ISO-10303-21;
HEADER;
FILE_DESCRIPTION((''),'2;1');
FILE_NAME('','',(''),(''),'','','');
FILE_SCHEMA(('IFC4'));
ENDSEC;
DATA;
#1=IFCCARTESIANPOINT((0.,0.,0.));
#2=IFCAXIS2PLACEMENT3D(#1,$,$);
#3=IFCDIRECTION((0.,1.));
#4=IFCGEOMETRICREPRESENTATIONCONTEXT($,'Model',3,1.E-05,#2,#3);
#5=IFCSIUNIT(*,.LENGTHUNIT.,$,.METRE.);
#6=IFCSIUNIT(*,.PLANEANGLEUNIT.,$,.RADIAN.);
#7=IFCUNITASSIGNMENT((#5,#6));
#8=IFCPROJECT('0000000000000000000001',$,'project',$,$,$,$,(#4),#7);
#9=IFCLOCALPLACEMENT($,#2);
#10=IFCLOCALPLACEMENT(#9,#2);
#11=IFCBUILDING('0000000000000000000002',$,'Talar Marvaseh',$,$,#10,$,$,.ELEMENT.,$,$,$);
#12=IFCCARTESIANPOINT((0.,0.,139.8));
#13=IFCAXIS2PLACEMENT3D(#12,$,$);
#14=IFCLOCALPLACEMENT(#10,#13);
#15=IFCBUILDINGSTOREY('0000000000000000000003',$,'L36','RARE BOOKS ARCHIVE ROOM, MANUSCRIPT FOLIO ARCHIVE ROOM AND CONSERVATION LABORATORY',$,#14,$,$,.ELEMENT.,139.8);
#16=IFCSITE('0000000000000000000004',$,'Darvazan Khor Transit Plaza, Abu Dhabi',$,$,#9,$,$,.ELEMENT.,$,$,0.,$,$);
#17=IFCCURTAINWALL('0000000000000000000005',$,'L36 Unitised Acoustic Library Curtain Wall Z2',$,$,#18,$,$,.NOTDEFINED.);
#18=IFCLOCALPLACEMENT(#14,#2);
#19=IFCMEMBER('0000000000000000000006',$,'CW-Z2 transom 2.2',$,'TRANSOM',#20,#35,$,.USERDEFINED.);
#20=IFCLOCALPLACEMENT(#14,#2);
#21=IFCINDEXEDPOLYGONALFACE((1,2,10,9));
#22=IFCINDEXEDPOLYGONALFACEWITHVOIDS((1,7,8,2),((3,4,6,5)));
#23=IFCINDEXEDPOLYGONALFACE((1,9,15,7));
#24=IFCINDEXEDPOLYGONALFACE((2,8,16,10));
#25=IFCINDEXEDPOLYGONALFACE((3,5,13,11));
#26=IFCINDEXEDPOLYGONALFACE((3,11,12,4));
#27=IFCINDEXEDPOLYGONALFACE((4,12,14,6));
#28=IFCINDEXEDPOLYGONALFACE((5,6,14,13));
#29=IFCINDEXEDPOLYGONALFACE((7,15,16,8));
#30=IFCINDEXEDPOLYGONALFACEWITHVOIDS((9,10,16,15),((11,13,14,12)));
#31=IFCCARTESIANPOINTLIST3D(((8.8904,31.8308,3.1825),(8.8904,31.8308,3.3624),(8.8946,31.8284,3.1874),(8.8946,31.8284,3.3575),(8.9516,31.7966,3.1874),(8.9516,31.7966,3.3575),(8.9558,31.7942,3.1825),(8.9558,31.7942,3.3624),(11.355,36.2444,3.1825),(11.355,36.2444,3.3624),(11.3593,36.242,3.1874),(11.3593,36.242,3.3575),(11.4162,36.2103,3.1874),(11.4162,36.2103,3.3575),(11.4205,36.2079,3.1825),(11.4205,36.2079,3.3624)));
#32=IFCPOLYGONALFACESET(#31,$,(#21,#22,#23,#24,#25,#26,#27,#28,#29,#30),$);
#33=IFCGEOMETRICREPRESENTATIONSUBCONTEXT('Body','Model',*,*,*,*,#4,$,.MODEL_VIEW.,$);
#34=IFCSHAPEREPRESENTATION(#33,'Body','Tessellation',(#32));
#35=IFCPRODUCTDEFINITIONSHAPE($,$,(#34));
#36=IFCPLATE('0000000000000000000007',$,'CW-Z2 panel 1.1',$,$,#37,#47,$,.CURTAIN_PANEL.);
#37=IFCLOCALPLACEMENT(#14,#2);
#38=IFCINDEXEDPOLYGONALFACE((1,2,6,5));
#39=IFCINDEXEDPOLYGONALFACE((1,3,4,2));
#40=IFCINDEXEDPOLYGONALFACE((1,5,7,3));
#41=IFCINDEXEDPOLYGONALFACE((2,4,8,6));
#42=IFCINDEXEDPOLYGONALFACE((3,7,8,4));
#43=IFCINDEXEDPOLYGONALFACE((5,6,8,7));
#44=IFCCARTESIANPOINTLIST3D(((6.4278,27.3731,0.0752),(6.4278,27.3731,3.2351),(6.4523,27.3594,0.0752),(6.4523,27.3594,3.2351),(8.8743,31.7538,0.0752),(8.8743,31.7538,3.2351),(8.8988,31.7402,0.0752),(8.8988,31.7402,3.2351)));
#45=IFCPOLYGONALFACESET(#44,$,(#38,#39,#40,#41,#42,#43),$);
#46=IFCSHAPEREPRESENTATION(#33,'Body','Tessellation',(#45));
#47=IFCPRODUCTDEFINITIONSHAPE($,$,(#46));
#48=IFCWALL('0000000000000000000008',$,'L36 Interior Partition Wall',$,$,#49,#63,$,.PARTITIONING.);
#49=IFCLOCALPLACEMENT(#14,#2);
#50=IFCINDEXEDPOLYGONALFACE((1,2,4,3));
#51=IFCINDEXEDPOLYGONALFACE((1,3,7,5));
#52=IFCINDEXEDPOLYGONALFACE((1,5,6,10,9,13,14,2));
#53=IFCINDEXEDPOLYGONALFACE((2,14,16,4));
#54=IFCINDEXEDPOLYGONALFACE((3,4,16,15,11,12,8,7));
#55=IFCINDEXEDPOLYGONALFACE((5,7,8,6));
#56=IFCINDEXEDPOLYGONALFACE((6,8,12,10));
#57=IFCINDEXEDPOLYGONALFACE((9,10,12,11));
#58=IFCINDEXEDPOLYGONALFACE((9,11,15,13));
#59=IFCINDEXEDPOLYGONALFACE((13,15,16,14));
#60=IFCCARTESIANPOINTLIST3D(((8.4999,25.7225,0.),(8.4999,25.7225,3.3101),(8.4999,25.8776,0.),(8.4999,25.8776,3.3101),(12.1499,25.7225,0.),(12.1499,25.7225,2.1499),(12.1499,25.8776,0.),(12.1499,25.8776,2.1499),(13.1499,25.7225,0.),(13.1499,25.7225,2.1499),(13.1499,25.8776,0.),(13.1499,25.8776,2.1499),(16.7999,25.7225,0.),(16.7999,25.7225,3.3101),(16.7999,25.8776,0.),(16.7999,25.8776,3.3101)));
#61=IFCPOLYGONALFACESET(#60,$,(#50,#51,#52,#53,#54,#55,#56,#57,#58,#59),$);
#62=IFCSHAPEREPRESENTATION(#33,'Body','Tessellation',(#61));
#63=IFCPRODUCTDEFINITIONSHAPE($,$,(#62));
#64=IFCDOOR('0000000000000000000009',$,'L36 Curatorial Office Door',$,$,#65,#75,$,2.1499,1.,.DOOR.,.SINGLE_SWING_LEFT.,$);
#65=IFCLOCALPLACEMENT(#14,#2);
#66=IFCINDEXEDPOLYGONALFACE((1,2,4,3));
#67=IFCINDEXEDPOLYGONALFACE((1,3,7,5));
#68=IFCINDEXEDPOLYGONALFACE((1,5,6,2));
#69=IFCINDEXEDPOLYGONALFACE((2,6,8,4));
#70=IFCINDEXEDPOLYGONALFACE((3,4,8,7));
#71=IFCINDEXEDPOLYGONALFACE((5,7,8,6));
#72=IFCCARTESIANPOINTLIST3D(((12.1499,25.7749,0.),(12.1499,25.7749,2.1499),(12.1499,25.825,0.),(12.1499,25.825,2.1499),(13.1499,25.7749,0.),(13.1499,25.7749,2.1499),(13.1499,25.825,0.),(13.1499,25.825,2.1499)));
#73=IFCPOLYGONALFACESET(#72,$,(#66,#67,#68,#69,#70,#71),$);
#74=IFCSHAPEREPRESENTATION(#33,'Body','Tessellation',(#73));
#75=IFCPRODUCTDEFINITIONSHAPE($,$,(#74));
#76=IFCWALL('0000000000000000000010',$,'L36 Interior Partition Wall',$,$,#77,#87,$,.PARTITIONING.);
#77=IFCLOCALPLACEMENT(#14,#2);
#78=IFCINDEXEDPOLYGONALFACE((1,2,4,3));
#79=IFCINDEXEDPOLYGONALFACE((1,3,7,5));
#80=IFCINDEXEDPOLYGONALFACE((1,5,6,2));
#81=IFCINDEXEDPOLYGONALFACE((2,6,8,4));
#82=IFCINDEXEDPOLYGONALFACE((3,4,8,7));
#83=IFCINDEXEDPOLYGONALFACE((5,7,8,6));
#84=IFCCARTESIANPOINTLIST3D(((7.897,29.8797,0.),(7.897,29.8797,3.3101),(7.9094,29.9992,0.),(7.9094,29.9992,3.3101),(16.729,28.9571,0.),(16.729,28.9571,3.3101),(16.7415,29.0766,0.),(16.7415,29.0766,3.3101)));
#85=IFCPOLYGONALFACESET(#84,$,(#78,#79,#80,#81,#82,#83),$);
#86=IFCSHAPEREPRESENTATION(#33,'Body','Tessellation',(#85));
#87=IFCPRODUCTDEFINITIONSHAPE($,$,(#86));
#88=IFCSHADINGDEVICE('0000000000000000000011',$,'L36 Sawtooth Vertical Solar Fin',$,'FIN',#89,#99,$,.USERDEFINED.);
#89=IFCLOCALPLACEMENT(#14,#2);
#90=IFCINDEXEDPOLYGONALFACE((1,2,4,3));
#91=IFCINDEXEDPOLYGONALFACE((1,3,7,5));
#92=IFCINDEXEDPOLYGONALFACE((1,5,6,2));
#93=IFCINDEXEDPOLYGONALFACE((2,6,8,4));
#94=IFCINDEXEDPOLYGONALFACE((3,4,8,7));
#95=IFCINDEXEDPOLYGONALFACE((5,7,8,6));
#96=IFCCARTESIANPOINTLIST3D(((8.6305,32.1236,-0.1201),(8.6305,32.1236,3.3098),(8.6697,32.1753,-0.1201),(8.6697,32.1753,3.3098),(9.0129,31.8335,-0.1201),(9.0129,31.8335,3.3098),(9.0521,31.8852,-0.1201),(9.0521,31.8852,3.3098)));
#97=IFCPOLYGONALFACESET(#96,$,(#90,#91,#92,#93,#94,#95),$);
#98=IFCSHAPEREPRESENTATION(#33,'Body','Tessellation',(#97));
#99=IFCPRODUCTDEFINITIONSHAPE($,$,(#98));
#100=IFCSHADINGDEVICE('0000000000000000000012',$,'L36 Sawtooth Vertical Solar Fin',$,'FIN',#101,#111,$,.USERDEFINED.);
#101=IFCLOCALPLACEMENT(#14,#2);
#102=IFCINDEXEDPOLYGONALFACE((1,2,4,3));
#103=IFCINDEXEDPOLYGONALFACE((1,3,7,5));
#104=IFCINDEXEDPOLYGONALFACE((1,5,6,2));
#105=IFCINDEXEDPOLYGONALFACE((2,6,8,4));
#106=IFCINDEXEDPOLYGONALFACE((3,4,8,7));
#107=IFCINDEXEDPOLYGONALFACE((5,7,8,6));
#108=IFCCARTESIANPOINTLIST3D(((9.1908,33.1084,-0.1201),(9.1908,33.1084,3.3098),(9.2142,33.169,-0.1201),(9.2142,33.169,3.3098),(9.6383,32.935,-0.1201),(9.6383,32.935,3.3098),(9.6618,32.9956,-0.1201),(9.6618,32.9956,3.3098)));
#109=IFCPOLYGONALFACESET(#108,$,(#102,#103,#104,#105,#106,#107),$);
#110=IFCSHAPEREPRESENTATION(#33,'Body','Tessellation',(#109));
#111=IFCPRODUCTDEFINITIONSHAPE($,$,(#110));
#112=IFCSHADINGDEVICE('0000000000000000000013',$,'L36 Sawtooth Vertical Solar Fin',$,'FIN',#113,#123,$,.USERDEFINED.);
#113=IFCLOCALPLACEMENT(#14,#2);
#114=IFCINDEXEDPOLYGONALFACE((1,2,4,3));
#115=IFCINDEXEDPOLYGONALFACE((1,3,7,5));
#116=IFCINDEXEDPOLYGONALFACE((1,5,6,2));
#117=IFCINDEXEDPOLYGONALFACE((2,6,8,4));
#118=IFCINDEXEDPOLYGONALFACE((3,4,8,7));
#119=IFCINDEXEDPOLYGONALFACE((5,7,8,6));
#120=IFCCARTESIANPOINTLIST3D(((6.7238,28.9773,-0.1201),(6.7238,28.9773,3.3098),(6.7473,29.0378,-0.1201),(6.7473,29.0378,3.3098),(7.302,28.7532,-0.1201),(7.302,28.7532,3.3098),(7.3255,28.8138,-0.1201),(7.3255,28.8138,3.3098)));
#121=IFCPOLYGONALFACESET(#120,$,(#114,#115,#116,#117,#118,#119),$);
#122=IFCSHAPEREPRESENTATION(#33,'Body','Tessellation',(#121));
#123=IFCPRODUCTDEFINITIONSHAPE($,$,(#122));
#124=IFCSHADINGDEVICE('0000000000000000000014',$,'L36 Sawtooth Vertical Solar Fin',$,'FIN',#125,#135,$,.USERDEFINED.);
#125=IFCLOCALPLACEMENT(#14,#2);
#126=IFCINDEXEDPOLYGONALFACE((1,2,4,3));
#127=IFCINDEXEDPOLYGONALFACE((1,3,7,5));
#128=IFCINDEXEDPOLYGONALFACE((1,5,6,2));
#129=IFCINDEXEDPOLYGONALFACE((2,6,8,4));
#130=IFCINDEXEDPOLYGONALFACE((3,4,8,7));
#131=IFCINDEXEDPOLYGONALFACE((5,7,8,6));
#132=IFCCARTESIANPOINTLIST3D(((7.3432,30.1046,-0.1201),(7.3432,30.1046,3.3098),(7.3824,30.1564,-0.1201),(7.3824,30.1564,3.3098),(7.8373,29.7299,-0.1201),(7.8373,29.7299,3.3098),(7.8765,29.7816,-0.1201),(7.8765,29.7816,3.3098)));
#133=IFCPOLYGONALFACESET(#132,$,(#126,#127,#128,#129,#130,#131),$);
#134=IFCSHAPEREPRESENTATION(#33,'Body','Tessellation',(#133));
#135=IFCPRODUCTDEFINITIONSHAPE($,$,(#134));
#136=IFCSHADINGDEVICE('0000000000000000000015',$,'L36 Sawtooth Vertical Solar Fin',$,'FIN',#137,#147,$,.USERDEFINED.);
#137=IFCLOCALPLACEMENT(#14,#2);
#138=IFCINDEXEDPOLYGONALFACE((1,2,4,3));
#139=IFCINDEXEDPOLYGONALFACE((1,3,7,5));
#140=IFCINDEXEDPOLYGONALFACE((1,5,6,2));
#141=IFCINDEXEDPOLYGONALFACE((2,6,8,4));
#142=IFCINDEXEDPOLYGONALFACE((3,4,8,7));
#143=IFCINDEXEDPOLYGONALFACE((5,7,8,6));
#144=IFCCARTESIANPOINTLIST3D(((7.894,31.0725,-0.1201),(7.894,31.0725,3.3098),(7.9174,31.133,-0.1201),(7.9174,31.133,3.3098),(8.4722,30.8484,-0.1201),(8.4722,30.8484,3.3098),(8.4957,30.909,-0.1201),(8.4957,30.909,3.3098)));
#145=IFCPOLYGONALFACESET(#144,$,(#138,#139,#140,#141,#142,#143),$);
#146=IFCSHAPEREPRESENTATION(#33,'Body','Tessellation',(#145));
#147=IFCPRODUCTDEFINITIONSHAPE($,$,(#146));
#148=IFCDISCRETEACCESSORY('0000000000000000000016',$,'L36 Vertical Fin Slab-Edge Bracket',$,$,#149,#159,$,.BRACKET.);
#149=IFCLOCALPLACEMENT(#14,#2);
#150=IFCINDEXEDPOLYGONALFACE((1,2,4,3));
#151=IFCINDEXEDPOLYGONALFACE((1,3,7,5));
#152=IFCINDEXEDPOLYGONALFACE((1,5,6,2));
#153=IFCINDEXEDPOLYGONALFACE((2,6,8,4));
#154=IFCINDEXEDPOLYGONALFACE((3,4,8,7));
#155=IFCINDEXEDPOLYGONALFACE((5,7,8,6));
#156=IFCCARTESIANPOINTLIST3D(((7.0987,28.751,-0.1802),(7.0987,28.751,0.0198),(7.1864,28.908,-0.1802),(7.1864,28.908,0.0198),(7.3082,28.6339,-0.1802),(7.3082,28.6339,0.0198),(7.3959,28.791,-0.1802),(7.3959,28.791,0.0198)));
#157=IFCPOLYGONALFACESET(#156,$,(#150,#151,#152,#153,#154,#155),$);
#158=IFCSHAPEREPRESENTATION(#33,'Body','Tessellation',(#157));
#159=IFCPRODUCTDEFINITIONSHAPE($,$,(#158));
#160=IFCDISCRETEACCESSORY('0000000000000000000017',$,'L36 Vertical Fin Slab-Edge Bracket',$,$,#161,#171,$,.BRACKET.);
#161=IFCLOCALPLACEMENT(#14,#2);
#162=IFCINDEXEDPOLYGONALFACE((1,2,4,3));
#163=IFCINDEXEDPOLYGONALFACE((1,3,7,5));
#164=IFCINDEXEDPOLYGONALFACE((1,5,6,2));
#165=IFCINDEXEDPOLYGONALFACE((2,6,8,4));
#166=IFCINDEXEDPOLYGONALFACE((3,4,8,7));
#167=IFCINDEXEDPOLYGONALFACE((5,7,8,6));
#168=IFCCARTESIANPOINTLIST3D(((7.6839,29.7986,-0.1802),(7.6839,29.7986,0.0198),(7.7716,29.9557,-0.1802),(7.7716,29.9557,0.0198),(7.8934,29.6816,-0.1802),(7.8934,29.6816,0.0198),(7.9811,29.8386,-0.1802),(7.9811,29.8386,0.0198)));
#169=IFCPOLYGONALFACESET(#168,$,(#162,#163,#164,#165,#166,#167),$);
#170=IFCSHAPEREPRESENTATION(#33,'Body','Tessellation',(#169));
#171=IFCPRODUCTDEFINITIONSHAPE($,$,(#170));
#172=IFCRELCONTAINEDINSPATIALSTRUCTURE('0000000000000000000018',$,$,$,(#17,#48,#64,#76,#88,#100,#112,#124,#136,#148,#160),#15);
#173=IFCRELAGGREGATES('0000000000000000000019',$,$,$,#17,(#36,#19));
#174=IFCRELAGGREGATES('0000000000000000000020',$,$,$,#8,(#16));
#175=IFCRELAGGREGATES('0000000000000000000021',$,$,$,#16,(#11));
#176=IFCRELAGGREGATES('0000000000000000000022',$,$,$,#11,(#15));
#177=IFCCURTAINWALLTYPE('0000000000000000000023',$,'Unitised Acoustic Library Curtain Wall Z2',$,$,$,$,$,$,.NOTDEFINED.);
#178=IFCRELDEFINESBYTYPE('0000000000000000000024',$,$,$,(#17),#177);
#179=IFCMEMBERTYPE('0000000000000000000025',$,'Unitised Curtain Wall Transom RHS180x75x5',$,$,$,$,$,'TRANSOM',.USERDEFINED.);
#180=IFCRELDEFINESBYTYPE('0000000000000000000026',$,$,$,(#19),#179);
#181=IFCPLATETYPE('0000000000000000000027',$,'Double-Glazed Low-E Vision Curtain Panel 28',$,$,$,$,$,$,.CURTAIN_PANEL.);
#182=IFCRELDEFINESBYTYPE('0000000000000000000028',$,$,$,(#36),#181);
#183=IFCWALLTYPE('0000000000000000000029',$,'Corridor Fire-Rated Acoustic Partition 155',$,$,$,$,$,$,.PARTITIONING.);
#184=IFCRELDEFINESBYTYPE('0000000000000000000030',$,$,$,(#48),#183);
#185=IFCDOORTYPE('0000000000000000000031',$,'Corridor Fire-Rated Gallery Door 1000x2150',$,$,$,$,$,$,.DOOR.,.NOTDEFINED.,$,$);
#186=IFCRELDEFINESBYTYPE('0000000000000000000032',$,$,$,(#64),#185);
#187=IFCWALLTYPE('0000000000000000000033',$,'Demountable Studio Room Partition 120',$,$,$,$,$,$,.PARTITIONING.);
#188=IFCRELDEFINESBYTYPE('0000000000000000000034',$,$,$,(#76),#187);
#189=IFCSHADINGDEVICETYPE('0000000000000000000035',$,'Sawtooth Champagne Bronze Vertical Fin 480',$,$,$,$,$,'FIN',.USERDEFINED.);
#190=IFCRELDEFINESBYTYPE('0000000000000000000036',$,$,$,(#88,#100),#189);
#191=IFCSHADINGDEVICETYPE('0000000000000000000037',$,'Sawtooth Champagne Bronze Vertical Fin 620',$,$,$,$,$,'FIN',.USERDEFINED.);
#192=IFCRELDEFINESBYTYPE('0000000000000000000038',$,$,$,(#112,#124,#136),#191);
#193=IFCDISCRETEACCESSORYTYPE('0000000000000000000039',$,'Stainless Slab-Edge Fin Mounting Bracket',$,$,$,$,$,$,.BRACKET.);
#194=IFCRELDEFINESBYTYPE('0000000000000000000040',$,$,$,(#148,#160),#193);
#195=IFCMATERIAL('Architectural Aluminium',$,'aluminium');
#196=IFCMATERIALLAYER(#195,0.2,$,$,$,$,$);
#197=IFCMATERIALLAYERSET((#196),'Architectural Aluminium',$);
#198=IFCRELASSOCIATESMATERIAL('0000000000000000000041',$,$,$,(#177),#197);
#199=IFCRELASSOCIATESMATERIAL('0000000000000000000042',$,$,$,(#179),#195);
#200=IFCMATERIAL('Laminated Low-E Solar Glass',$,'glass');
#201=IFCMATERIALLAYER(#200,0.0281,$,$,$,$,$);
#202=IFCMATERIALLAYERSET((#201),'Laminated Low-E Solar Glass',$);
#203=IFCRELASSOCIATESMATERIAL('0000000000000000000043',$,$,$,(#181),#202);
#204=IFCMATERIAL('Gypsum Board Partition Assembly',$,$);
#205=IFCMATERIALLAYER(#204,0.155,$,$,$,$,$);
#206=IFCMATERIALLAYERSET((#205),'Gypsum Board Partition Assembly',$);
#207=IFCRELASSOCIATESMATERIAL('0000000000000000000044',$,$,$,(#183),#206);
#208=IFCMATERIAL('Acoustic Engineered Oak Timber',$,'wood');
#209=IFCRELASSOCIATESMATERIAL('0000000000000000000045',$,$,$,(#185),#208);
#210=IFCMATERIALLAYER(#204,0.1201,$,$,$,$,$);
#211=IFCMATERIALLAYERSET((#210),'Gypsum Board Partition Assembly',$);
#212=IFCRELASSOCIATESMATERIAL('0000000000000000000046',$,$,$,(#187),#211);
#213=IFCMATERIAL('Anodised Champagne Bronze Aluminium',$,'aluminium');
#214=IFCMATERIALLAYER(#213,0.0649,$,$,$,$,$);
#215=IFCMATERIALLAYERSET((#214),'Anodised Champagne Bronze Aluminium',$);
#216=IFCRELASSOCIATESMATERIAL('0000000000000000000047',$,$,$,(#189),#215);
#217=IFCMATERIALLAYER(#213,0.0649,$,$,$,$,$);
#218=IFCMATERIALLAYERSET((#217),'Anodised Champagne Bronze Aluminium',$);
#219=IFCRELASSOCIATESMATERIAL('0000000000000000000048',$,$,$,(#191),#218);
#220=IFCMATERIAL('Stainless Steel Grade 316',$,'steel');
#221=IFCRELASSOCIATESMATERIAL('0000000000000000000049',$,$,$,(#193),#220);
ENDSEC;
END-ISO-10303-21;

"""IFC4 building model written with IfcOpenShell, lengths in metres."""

from ifc_helpers import new_model, si_unit, direction, frame, frame_2d, origin, origin_2d, place, context, subcontext, project, spatial, rectangle, hollow_rectangle, extrude, source, transform, mapped, material, layer, layer_set, material_profile, profile_set, type_object, type_shapes, element, fill, aggregate, save


model = new_model("IFC4")

# Units and contexts
model_context = context("Model", 3, precision=1e-05, world=origin(), true_north=direction((0.0, 1.0)))
body_context = subcontext(model_context, "Body", "Model", "MODEL_VIEW")
ifc_project = project(units=[si_unit("LENGTHUNIT", "METRE"), si_unit("PLANEANGLEUNIT", "RADIAN")], contexts=[model_context])

# Site, building, storey
site_placement = place(None, origin())
site = spatial("IfcSite", under=ifc_project, at=site_placement, Name="Darvazan Khor Transit Plaza, Abu Dhabi", CompositionType="ELEMENT", RefElevation=0.0)
building_placement = place(site_placement, origin())
building = spatial("IfcBuilding", under=site, at=building_placement, Name="Talar Marvaseh", CompositionType="ELEMENT")
storey_placement = place(building_placement, frame((0.0, 0.0, 139.8)))
storey = spatial("IfcBuildingStorey", under=building, at=storey_placement, Name="L36", Description="RARE BOOKS ARCHIVE ROOM, MANUSCRIPT FOLIO ARCHIVE ROOM AND CONSERVATION LABORATORY", CompositionType="ELEMENT", Elevation=139.8)

# Curtain wall, member, plate
ifc_material_1 = material(Name="Architectural Aluminium", Category="aluminium")
ifc_layer_1 = layer(ifc_material_1, 0.2)
ifc_layer_set_1 = layer_set([ifc_layer_1], Name="Architectural Aluminium")
curtain_wall_type = type_object("IfcCurtainWallType", Name="Unitised Acoustic Library Curtain Wall Z2", PredefinedType="NOTDEFINED", material=ifc_layer_set_1)
curtain_wall_placement = place(storey_placement, origin())
curtain_wall = element("IfcCurtainWall", 1, at=curtain_wall_placement, inside=storey, type_object=curtain_wall_type, Name="L36 Unitised Acoustic Library Curtain Wall Z2", PredefinedType="NOTDEFINED")
ifc_material_profile_1 = material_profile(ifc_material_1, hollow_rectangle(XDim=0.075, YDim=0.1799, WallThickness=0.0049, at=origin_2d()), Name="RHS180x75x5")
ifc_profile_set_1 = profile_set([ifc_material_profile_1], Name="Architectural Aluminium")
member_type_1 = type_object("IfcMemberType", Name="Unitised Curtain Wall Transom RHS180x75x5", ElementType="TRANSOM", PredefinedType="USERDEFINED", material=ifc_profile_set_1)
shared_shape_1 = source(origin(), body_context, "Body", "SweptSolid", [
    extrude(hollow_rectangle(XDim=0.075, YDim=0.1799, WallThickness=0.0049, at=origin_2d()), origin(), (0.0, 0.0, 1.0), 5.0552),
])
member_1_placement = place(storey_placement, frame((8.9231, 31.8125, 3.2725), z_axis=(0.487549, 0.873096, 0.0), x_axis=(-0.873096, 0.487549, 0.0)))
member_1 = element("IfcMember", 2, at=member_1_placement, type_object=member_type_1, Name="CW-Z2 transom 2.2", ObjectType="TRANSOM", PredefinedType="USERDEFINED", context=body_context, shape_type="MappedRepresentation", body=[
    mapped(shared_shape_1, transform((0.0, 0.0, 0.0), x_axis=(1.0, 0.0, 0.0), y_axis=(0.0, 1.0, 0.0), z_axis=(0.0, 0.0, 1.0), scale=1.0)),
])
ifc_material_2 = material(Name="Laminated Low-E Solar Glass", Category="glass")
ifc_layer_2 = layer(ifc_material_2, 0.0281)
ifc_layer_set_2 = layer_set([ifc_layer_2], Name="Laminated Low-E Solar Glass")
plate_type = type_object("IfcPlateType", Name="Double-Glazed Low-E Vision Curtain Panel 28", PredefinedType="CURTAIN_PANEL", material=ifc_layer_set_2)
shared_shape_2 = source(origin(), body_context, "Body", "SweptSolid", [
    extrude(rectangle(XDim=5.0176, YDim=0.0281, at=origin_2d()), origin(), (0.0, 0.0, 1.0), 3.1599),
])
type_shapes(plate_type, [shared_shape_2])
plate_placement = place(storey_placement, frame((7.6633, 29.5566, 0.0752), z_axis=(0.0, 0.0, 1.0), x_axis=(0.487584, 0.873076, 0.0)))
plate = element("IfcPlate", 3, at=plate_placement, type_object=plate_type, Name="CW-Z2 panel 1.1", PredefinedType="CURTAIN_PANEL", context=body_context, shape_type="MappedRepresentation", body=[
    mapped(shared_shape_2, transform((0.0, 0.0, 0.0), x_axis=(1.0, 0.0, 0.0), y_axis=(0.0, 1.0, 0.0), z_axis=(0.0, 0.0, 1.0), scale=1.0)),
])
aggregate(curtain_wall, [plate, member_1])

# Wall, opening, door
ifc_material_3 = material(Name="Gypsum Board Partition Assembly")
ifc_layer_3 = layer(ifc_material_3, 0.155)
ifc_layer_set_3 = layer_set([ifc_layer_3], Name="Gypsum Board Partition Assembly")
wall_type_1 = type_object("IfcWallType", Name="Corridor Fire-Rated Acoustic Partition 155", PredefinedType="PARTITIONING", material=ifc_layer_set_3)
wall_1_placement = place(storey_placement, frame((8.5, 25.8, 0.0), z_axis=(0.0, 0.0, 1.0), x_axis=(1.0, 0.0, 0.0)))
wall_1 = element("IfcWall", 4, at=wall_1_placement, inside=storey, type_object=wall_type_1, Name="L36 Interior Partition Wall", PredefinedType="PARTITIONING", context=body_context, shape_type="SweptSolid", body=[
    extrude(rectangle(XDim=8.3, YDim=0.155, at=frame_2d((4.1499, 0.0))), origin(), (0.0, 0.0, 1.0), 3.3101),
])
opening_placement = place(wall_1_placement, frame((3.6499, 0.0, 0.0)))
opening = element("IfcOpeningElement", 5, at=opening_placement, cuts=wall_1, PredefinedType="OPENING", context=body_context, shape_type="SweptSolid", body=[
    extrude(rectangle(XDim=1.0, YDim=2.1499, at=frame_2d((0.5, 1.075))), frame((0.0, 0.0874, 0.0), z_axis=(0.0, -1.0, 0.0), x_axis=(1.0, 0.0, 0.0)), (0.0, 0.0, 1.0), 0.175),
])
ifc_material_4 = material(Name="Acoustic Engineered Oak Timber", Category="wood")
door_type = type_object("IfcDoorType", Name="Corridor Fire-Rated Gallery Door 1000x2150", OperationType="NOTDEFINED", PredefinedType="DOOR", material=ifc_material_4)
shared_shape_3 = source(origin(), body_context, "Body", "SweptSolid", [
    extrude(rectangle(XDim=1.0, YDim=2.1499, at=frame_2d((0.5, 1.075))), frame((0.0, 0.0249, 0.0), z_axis=(0.0, -1.0, 0.0), x_axis=(1.0, 0.0, 0.0)), (0.0, 0.0, 1.0), 0.05),
])
type_shapes(door_type, [shared_shape_3])
door_placement = place(opening_placement, origin())
door = element("IfcDoor", 6, at=door_placement, inside=storey, type_object=door_type, Name="L36 Curatorial Office Door", OperationType="SINGLE_SWING_LEFT", OverallHeight=2.1499, OverallWidth=1.0, PredefinedType="DOOR", context=body_context, shape_type="MappedRepresentation", body=[
    mapped(shared_shape_3, transform((0.0, 0.0, 0.0), x_axis=(1.0, 0.0, 0.0), y_axis=(0.0, 1.0, 0.0), z_axis=(0.0, 0.0, 1.0), scale=1.0)),
])
fill(opening, door)

# Wall
ifc_layer_4 = layer(ifc_material_3, 0.1201)
ifc_layer_set_4 = layer_set([ifc_layer_4], Name="Gypsum Board Partition Assembly")
wall_type_2 = type_object("IfcWallType", Name="Demountable Studio Room Partition 120", PredefinedType="PARTITIONING", material=ifc_layer_set_4)
wall_2_placement = place(storey_placement, frame((7.9033, 29.9395, 0.0), z_axis=(0.0, 0.0, 1.0), x_axis=(0.994588, -0.103896, 0.0)))
element("IfcWall", 7, at=wall_2_placement, inside=storey, type_object=wall_type_2, Name="L36 Interior Partition Wall", PredefinedType="PARTITIONING", context=body_context, shape_type="SweptSolid", body=[
    extrude(rectangle(XDim=8.8801, YDim=0.1201, at=frame_2d((4.4399, 0.0))), origin(), (0.0, 0.0, 1.0), 3.3101),
])

# Shading devices
ifc_material_5 = material(Name="Anodised Champagne Bronze Aluminium", Category="aluminium")
ifc_layer_5 = layer(ifc_material_5, 0.0649)
ifc_layer_set_5 = layer_set([ifc_layer_5], Name="Anodised Champagne Bronze Aluminium")
shading_device_type_1 = type_object("IfcShadingDeviceType", Name="Sawtooth Champagne Bronze Vertical Fin 480", ElementType="FIN", PredefinedType="USERDEFINED", material=ifc_layer_set_5)
shared_shape_4 = source(origin(), body_context, "Body", "SweptSolid", [
    extrude(rectangle(XDim=0.48, YDim=0.0649, at=origin_2d()), origin(), (0.0, 0.0, 1.0), 3.4299),
])
type_shapes(shading_device_type_1, [shared_shape_4])
for number, where, z_axis, x_axis, name in (
    (8, (8.8413, 32.0044, -0.1201), (0.0, 0.0, 1.0), (-0.796741, 0.604321, 0.0), "L36 Sawtooth Vertical Solar Fin"),
    (9, (9.4263, 33.052, -0.1201), (0.0, 0.0, 1.0), (-0.93245, 0.361299, 0.0), "L36 Sawtooth Vertical Solar Fin"),
):
    element("IfcShadingDevice", number, at=place(storey_placement, frame(where, z_axis=z_axis, x_axis=x_axis)), inside=storey, type_object=shading_device_type_1, Name=name, ObjectType="FIN", PredefinedType="USERDEFINED", context=body_context, shape_type="MappedRepresentation", body=[
        mapped(shared_shape_4, transform((0.0, 0.0, 0.0), x_axis=(1.0, 0.0, 0.0), y_axis=(0.0, 1.0, 0.0), z_axis=(0.0, 0.0, 1.0), scale=1.0)),
    ])
ifc_layer_6 = layer(ifc_material_5, 0.0649)
ifc_layer_set_6 = layer_set([ifc_layer_6], Name="Anodised Champagne Bronze Aluminium")
shading_device_type_2 = type_object("IfcShadingDeviceType", Name="Sawtooth Champagne Bronze Vertical Fin 620", ElementType="FIN", PredefinedType="USERDEFINED", material=ifc_layer_set_6)
shared_shape_5 = source(origin(), body_context, "Body", "SweptSolid", [
    extrude(rectangle(XDim=0.6201, YDim=0.0649, at=origin_2d()), origin(), (0.0, 0.0, 1.0), 3.4299),
])
type_shapes(shading_device_type_2, [shared_shape_5])
for number, where, z_axis, x_axis, name in (
    (10, (7.0247, 28.8955, -0.1201), (0.0, 0.0, 1.0), (-0.93245, 0.361299, 0.0), "L36 Sawtooth Vertical Solar Fin"),
    (11, (7.6099, 29.9431, -0.1201), (0.0, 0.0, 1.0), (-0.796741, 0.604321, 0.0), "L36 Sawtooth Vertical Solar Fin"),
    (12, (8.1948, 30.9907, -0.1201), (0.0, 0.0, 1.0), (-0.93245, 0.361299, 0.0), "L36 Sawtooth Vertical Solar Fin"),
):
    element("IfcShadingDevice", number, at=place(storey_placement, frame(where, z_axis=z_axis, x_axis=x_axis)), inside=storey, type_object=shading_device_type_2, Name=name, ObjectType="FIN", PredefinedType="USERDEFINED", context=body_context, shape_type="MappedRepresentation", body=[
        mapped(shared_shape_5, transform((0.0, 0.0, 0.0), x_axis=(1.0, 0.0, 0.0), y_axis=(0.0, 1.0, 0.0), z_axis=(0.0, 0.0, 1.0), scale=1.0)),
    ])

# Discrete accessories
ifc_material_6 = material(Name="Stainless Steel Grade 316", Category="steel")
discrete_accessory_type = type_object("IfcDiscreteAccessoryType", Name="Stainless Slab-Edge Fin Mounting Bracket", PredefinedType="BRACKET", material=ifc_material_6)
shared_shape_6 = source(origin(), body_context, "Body", "SweptSolid", [
    extrude(rectangle(XDim=0.24, YDim=0.1799, at=origin_2d()), origin(), (0.0, 0.0, 1.0), 0.2),
])
type_shapes(discrete_accessory_type, [shared_shape_6])
for number, where, z_axis, x_axis, name in (
    (13, (7.2473, 28.771, -0.1802), (0.0, 0.0, 1.0), (-0.873092, 0.487555, 0.0), "L36 Vertical Fin Slab-Edge Bracket"),
    (14, (7.8325, 29.8186, -0.1802), (0.0, 0.0, 1.0), (-0.873092, 0.487555, 0.0), "L36 Vertical Fin Slab-Edge Bracket"),
):
    element("IfcDiscreteAccessory", number, at=place(storey_placement, frame(where, z_axis=z_axis, x_axis=x_axis)), inside=storey, type_object=discrete_accessory_type, Name=name, PredefinedType="BRACKET", context=body_context, shape_type="MappedRepresentation", body=[
        mapped(shared_shape_6, transform((0.0, 0.0, 0.0), x_axis=(1.0, 0.0, 0.0), y_axis=(0.0, 1.0, 0.0), z_axis=(0.0, 0.0, 1.0), scale=1.0)),
    ])

save(model, "model.ifc")
